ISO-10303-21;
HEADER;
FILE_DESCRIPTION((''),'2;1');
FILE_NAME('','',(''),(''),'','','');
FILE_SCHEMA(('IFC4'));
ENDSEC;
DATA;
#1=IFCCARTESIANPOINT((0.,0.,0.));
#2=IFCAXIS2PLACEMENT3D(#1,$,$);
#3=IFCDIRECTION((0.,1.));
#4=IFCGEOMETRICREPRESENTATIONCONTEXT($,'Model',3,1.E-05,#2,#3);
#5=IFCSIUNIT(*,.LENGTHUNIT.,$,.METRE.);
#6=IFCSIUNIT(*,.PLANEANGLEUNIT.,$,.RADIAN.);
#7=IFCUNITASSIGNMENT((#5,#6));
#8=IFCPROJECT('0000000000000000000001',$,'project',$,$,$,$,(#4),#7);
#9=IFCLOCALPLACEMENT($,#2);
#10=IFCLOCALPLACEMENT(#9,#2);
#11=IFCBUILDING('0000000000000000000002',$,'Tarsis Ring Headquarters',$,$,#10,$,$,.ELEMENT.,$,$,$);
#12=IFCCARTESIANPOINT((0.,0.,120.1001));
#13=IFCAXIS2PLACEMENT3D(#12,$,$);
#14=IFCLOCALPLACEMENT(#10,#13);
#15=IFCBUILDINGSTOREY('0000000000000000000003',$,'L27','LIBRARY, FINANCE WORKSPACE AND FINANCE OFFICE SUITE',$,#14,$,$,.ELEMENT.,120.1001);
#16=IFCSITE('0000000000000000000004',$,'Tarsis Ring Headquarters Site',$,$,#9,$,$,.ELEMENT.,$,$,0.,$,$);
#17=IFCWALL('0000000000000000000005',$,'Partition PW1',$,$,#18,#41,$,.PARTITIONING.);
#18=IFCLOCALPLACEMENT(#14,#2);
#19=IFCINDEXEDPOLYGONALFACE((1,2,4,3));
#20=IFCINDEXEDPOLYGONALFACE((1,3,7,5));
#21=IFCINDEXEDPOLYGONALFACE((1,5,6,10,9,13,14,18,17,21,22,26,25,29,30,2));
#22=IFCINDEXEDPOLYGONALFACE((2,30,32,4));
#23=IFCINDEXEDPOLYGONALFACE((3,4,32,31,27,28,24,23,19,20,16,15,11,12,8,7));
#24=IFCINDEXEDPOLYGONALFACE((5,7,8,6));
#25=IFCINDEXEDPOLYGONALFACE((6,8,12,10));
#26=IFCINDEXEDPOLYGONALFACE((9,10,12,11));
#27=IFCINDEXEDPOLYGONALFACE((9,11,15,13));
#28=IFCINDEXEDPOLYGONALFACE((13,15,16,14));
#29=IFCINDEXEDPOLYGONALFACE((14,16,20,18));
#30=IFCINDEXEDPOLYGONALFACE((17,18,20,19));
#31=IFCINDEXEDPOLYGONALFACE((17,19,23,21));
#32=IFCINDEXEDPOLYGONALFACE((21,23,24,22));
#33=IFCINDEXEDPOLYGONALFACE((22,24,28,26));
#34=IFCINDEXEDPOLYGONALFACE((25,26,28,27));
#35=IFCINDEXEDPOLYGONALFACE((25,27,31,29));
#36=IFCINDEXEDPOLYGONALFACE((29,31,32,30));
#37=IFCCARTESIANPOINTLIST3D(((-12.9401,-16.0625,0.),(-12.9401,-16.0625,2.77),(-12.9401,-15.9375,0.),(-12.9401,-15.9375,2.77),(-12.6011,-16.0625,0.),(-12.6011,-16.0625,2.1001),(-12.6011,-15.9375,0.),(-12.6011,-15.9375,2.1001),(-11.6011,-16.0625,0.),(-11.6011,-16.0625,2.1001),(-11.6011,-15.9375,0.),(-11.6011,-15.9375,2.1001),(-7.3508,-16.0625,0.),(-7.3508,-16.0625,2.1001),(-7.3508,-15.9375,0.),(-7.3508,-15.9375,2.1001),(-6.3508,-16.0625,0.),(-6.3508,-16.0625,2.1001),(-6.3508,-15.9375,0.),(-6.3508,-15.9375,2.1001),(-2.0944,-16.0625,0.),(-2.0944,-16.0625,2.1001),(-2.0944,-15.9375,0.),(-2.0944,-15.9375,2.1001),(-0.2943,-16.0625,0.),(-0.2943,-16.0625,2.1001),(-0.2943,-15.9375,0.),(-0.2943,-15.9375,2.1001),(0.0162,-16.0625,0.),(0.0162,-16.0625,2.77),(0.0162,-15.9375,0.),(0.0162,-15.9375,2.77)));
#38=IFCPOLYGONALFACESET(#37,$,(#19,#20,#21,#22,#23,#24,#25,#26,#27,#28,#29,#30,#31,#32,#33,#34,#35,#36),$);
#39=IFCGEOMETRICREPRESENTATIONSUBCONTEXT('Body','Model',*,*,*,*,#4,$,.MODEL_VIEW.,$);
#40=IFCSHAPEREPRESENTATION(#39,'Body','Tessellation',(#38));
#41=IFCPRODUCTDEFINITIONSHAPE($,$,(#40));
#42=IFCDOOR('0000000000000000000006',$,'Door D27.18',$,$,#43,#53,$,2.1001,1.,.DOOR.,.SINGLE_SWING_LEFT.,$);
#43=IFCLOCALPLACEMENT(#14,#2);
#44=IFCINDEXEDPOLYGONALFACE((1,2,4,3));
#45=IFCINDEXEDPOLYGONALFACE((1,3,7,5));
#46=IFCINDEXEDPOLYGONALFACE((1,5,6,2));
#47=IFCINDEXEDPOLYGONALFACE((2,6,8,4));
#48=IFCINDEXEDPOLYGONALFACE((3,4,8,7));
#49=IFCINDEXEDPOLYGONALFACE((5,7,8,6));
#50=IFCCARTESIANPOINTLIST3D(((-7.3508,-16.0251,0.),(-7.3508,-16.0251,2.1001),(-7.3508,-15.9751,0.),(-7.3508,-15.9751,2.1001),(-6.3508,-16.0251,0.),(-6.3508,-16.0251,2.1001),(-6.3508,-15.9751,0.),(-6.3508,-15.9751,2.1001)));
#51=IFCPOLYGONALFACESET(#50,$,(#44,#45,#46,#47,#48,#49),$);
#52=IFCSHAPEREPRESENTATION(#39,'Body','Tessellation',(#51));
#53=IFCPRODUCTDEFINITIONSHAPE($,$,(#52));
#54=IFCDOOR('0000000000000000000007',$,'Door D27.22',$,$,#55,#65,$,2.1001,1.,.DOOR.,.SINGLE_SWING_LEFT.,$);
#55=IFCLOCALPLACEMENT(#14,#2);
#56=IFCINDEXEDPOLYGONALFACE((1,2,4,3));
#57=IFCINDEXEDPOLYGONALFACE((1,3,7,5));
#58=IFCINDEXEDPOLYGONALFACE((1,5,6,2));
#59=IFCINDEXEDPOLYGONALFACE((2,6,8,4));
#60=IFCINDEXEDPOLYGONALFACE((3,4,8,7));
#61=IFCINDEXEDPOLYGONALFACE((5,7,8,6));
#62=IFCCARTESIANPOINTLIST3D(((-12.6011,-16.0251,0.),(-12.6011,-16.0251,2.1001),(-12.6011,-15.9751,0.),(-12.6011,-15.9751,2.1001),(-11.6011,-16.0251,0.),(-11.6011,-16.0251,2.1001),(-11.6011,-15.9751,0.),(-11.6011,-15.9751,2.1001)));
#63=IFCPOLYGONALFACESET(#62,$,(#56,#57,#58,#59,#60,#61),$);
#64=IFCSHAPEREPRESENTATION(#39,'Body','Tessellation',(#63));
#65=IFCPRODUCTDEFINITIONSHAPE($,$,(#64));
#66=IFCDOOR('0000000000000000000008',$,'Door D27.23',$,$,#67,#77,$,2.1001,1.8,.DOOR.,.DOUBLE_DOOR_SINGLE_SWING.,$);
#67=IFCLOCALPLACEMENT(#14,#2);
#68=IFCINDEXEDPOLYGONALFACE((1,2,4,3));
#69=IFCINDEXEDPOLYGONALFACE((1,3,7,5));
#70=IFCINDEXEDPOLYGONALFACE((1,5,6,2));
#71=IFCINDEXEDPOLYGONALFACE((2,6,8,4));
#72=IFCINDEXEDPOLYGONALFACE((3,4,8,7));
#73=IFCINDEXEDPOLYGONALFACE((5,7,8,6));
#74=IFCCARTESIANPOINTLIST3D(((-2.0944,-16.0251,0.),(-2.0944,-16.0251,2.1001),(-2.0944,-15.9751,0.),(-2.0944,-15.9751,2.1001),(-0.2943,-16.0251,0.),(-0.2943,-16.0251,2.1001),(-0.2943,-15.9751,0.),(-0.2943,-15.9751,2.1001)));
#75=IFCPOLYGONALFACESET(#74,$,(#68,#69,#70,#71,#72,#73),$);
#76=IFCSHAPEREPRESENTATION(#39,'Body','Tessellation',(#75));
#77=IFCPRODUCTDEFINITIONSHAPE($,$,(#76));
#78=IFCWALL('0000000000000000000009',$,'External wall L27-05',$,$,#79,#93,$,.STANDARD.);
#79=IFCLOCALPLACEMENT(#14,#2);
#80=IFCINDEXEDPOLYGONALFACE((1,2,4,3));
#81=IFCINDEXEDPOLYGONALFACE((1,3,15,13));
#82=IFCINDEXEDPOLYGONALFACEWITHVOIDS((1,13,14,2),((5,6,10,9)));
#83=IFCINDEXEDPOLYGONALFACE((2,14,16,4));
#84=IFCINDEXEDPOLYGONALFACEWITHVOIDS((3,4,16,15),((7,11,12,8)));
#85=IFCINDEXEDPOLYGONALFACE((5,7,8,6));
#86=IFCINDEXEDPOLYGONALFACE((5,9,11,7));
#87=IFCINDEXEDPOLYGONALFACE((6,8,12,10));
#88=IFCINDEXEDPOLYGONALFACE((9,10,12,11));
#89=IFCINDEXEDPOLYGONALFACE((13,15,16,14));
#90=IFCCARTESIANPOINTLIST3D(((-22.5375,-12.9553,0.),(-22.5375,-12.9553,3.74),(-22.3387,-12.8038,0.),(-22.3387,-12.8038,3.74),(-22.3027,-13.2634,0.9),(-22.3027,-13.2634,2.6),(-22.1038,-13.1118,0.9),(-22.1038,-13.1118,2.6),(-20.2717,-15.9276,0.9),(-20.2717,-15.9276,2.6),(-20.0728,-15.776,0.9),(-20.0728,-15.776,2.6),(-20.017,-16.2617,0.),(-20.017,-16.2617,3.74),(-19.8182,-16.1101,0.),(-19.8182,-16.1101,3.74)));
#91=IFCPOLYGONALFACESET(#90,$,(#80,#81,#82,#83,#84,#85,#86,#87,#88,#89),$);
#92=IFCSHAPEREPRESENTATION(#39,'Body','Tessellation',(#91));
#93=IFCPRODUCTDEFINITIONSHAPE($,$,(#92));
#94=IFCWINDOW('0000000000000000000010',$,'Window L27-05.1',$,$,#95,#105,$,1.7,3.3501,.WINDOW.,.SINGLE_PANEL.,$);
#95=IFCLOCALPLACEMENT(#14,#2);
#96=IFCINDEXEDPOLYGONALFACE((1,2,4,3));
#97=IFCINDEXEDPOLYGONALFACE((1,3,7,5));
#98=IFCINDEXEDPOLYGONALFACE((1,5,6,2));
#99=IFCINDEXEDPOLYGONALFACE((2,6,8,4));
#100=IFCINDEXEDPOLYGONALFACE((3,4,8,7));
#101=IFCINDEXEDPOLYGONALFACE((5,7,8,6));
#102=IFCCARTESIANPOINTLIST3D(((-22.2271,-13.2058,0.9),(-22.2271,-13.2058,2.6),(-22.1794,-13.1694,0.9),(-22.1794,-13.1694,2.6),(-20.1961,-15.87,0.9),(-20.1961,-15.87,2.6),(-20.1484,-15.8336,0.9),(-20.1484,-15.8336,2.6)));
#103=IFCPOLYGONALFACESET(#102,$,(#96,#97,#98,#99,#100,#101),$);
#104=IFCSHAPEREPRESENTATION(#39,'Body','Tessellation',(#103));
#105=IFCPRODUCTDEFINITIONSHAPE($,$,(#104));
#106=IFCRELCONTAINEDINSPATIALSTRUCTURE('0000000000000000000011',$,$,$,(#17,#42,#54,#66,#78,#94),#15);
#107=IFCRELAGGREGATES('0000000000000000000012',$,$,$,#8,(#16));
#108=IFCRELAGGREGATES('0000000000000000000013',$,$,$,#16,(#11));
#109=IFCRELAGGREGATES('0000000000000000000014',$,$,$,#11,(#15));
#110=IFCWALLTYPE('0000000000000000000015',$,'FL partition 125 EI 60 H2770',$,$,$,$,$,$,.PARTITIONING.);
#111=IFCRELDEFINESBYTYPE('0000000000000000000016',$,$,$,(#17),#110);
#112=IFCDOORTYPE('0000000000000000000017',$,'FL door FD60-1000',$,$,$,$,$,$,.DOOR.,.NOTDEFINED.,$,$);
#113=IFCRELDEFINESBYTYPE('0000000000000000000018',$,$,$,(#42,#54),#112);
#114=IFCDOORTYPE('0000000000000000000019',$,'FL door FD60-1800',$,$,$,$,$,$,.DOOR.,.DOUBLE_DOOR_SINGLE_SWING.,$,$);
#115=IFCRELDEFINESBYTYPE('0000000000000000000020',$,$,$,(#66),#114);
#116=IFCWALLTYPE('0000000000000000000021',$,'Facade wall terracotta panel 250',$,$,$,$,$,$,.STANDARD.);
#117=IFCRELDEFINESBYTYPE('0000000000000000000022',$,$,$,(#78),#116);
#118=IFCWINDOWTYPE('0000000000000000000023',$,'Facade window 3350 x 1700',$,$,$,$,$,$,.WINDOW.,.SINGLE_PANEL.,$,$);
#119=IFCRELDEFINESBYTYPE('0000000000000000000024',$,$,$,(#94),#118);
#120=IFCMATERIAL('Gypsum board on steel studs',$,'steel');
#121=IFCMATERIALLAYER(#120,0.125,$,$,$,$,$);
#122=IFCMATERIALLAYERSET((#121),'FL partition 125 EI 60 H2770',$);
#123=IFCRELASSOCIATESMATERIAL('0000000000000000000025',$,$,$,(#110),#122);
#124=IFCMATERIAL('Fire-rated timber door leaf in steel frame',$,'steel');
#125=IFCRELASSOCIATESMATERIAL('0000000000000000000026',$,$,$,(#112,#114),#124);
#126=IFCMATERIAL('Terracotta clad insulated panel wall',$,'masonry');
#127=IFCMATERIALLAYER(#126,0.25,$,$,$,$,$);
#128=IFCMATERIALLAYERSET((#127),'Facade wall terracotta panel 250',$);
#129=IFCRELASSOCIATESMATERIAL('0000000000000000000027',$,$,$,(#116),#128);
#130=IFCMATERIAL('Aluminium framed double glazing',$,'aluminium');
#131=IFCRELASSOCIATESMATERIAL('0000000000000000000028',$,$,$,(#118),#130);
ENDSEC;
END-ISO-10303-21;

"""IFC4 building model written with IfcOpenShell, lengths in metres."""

from ifc_helpers import new_model, si_unit, direction, frame, frame_2d, origin, place, context, subcontext, project, spatial, rectangle, extrude, material, layer, layer_set, type_object, element, fill, save


model = new_model("IFC4")

# Units and contexts
model_context = context("Model", 3, precision=1e-05, world=origin(), true_north=direction((0.0, 1.0)))
body_context = subcontext(model_context, "Body", "Model", "MODEL_VIEW")
ifc_project = project(units=[si_unit("LENGTHUNIT", "METRE"), si_unit("PLANEANGLEUNIT", "RADIAN")], contexts=[model_context])

# Site, building, storey
site_placement = place(None, origin())
site = spatial("IfcSite", under=ifc_project, at=site_placement, Name="Tarsis Ring Headquarters Site", CompositionType="ELEMENT", RefElevation=0.0)
building_placement = place(site_placement, origin())
building = spatial("IfcBuilding", under=site, at=building_placement, Name="Tarsis Ring Headquarters", CompositionType="ELEMENT")
storey_placement = place(building_placement, frame((0.0, 0.0, 120.1001)))
storey = spatial("IfcBuildingStorey", under=building, at=storey_placement, Name="L27", Description="LIBRARY, FINANCE WORKSPACE AND FINANCE OFFICE SUITE", CompositionType="ELEMENT", Elevation=120.1001)

# Shared definitions
ifc_material_1 = material(Name="Gypsum board on steel studs", Category="steel")

# Wall, openings, doors
ifc_layer_1 = layer(ifc_material_1, 0.125)
ifc_layer_set_1 = layer_set([ifc_layer_1], Name="FL partition 125 EI 60 H2770")
wall_type_1 = type_object("IfcWallType", Name="FL partition 125 EI 60 H2770", PredefinedType="PARTITIONING", material=ifc_layer_set_1)
ifc_material_2 = material(Name="Fire-rated timber door leaf in steel frame", Category="steel")
door_type_1 = type_object("IfcDoorType", Name="FL door FD60-1000", OperationType="NOTDEFINED", PredefinedType="DOOR", material=ifc_material_2)
wall_1_placement = place(storey_placement, frame((-12.9399, -16.0, 0.0), z_axis=(0.0, 0.0, 1.0), x_axis=(1.0, 0.0, 0.0)))
wall_1 = element("IfcWall", 1, at=wall_1_placement, inside=storey, type_object=wall_type_1, Name="Partition PW1", PredefinedType="PARTITIONING", context=body_context, shape_type="SweptSolid", body=[
    extrude(rectangle(XDim=12.9563, YDim=0.125, at=frame_2d((6.478, 0.0))), origin(), (0.0, 0.0, 1.0), 2.77),
])
opening_1_placement = place(wall_1_placement, frame((5.5891, 0.0, 0.0)))
opening_1 = element("IfcOpeningElement", 2, at=opening_1_placement, cuts=wall_1, PredefinedType="OPENING", context=body_context, shape_type="SweptSolid", body=[
    extrude(rectangle(XDim=1.0, YDim=2.1001, at=frame_2d((0.5, 1.05))), frame((0.0, 0.0725, 0.0), z_axis=(0.0, -1.0, 0.0), x_axis=(1.0, 0.0, 0.0)), (0.0, 0.0, 1.0), 0.145),
])
opening_2_placement = place(wall_1_placement, frame((0.3389, 0.0, 0.0)))
opening_2 = element("IfcOpeningElement", 3, at=opening_2_placement, cuts=wall_1, PredefinedType="OPENING", context=body_context, shape_type="SweptSolid", body=[
    extrude(rectangle(XDim=1.0, YDim=2.1001, at=frame_2d((0.5, 1.05))), frame((0.0, 0.0725, 0.0), z_axis=(0.0, -1.0, 0.0), x_axis=(1.0, 0.0, 0.0)), (0.0, 0.0, 1.0), 0.145),
])
opening_3_placement = place(wall_1_placement, frame((10.8457, 0.0, 0.0)))
opening_3 = element("IfcOpeningElement", 4, at=opening_3_placement, cuts=wall_1, PredefinedType="OPENING", context=body_context, shape_type="SweptSolid", body=[
    extrude(rectangle(XDim=1.8, YDim=2.1001, at=frame_2d((0.8999, 1.05))), frame((0.0, 0.0725, 0.0), z_axis=(0.0, -1.0, 0.0), x_axis=(1.0, 0.0, 0.0)), (0.0, 0.0, 1.0), 0.145),
])
door_1_placement = place(opening_1_placement, origin())
door_1 = element("IfcDoor", 5, at=door_1_placement, inside=storey, type_object=door_type_1, Name="Door D27.18", OperationType="SINGLE_SWING_LEFT", OverallHeight=2.1001, OverallWidth=1.0, PredefinedType="DOOR", context=body_context, shape_type="SweptSolid", body=[
    extrude(rectangle(XDim=1.0, YDim=2.1001, at=frame_2d((0.5, 1.05))), frame((0.0, 0.0249, 0.0), z_axis=(0.0, -1.0, 0.0), x_axis=(1.0, 0.0, 0.0)), (0.0, 0.0, 1.0), 0.05),
])
fill(opening_1, door_1)
door_2_placement = place(opening_2_placement, origin())
door_2 = element("IfcDoor", 6, at=door_2_placement, inside=storey, type_object=door_type_1, Name="Door D27.22", OperationType="SINGLE_SWING_LEFT", OverallHeight=2.1001, OverallWidth=1.0, PredefinedType="DOOR", context=body_context, shape_type="SweptSolid", body=[
    extrude(rectangle(XDim=1.0, YDim=2.1001, at=frame_2d((0.5, 1.05))), frame((0.0, 0.0249, 0.0), z_axis=(0.0, -1.0, 0.0), x_axis=(1.0, 0.0, 0.0)), (0.0, 0.0, 1.0), 0.05),
])
fill(opening_2, door_2)
door_type_2 = type_object("IfcDoorType", Name="FL door FD60-1800", OperationType="DOUBLE_DOOR_SINGLE_SWING", PredefinedType="DOOR", material=ifc_material_2)
door_3_placement = place(opening_3_placement, origin())
door_3 = element("IfcDoor", 7, at=door_3_placement, inside=storey, type_object=door_type_2, Name="Door D27.23", OperationType="DOUBLE_DOOR_SINGLE_SWING", OverallHeight=2.1001, OverallWidth=1.8, PredefinedType="DOOR", context=body_context, shape_type="SweptSolid", body=[
    extrude(rectangle(XDim=1.8, YDim=2.1001, at=frame_2d((0.8999, 1.05))), frame((0.0, 0.0249, 0.0), z_axis=(0.0, -1.0, 0.0), x_axis=(1.0, 0.0, 0.0)), (0.0, 0.0, 1.0), 0.05),
])
fill(opening_3, door_3)

# Wall, opening, window
ifc_material_3 = material(Name="Terracotta clad insulated panel wall", Category="masonry")
ifc_layer_2 = layer(ifc_material_3, 0.25)
ifc_layer_set_2 = layer_set([ifc_layer_2], Name="Facade wall terracotta panel 250")
wall_type_2 = type_object("IfcWallType", Name="Facade wall terracotta panel 250", PredefinedType="STANDARD", material=ifc_layer_set_2)
wall_2_placement = place(storey_placement, frame((-22.438, -12.8796, 0.0), z_axis=(0.0, 0.0, 1.0), x_axis=(0.606248, -0.795275, 0.0)))
wall_2 = element("IfcWall", 8, at=wall_2_placement, inside=storey, type_object=wall_type_2, Name="External wall L27-05", PredefinedType="STANDARD", context=body_context, shape_type="SweptSolid", body=[
    extrude(rectangle(XDim=4.1575, YDim=0.25, at=frame_2d((2.0786, 0.0))), origin(), (0.0, 0.0, 1.0), 3.74),
])
opening_4_placement = place(wall_2_placement, frame((0.3872, 0.0, 0.8999)))
opening_4 = element("IfcOpeningElement", 9, at=opening_4_placement, cuts=wall_2, PredefinedType="OPENING", context=body_context, shape_type="SweptSolid", body=[
    extrude(rectangle(XDim=3.3501, YDim=1.7, at=frame_2d((1.675, 0.8501))), frame((0.0, 0.135, 0.0), z_axis=(0.0, -1.0, 0.0), x_axis=(1.0, 0.0, 0.0)), (0.0, 0.0, 1.0), 0.27),
])
ifc_material_4 = material(Name="Aluminium framed double glazing", Category="aluminium")
window_type_1 = type_object("IfcWindowType", Name="Facade window 3350 x 1700", PartitioningType="SINGLE_PANEL", PredefinedType="WINDOW", material=ifc_material_4)
window_1_placement = place(opening_4_placement, origin())
window_1 = element("IfcWindow", 10, at=window_1_placement, inside=storey, type_object=window_type_1, Name="Window L27-05.1", OverallHeight=1.7, OverallWidth=3.3501, PartitioningType="SINGLE_PANEL", PredefinedType="WINDOW", context=body_context, shape_type="SweptSolid", body=[
    extrude(rectangle(XDim=3.3501, YDim=1.7, at=frame_2d((1.675, 0.8501))), frame((0.0, 0.03, 0.0), z_axis=(0.0, -1.0, 0.0), x_axis=(1.0, 0.0, 0.0)), (0.0, 0.0, 1.0), 0.0601),
])
fill(opening_4, window_1)

save(model, "model.ifc")
